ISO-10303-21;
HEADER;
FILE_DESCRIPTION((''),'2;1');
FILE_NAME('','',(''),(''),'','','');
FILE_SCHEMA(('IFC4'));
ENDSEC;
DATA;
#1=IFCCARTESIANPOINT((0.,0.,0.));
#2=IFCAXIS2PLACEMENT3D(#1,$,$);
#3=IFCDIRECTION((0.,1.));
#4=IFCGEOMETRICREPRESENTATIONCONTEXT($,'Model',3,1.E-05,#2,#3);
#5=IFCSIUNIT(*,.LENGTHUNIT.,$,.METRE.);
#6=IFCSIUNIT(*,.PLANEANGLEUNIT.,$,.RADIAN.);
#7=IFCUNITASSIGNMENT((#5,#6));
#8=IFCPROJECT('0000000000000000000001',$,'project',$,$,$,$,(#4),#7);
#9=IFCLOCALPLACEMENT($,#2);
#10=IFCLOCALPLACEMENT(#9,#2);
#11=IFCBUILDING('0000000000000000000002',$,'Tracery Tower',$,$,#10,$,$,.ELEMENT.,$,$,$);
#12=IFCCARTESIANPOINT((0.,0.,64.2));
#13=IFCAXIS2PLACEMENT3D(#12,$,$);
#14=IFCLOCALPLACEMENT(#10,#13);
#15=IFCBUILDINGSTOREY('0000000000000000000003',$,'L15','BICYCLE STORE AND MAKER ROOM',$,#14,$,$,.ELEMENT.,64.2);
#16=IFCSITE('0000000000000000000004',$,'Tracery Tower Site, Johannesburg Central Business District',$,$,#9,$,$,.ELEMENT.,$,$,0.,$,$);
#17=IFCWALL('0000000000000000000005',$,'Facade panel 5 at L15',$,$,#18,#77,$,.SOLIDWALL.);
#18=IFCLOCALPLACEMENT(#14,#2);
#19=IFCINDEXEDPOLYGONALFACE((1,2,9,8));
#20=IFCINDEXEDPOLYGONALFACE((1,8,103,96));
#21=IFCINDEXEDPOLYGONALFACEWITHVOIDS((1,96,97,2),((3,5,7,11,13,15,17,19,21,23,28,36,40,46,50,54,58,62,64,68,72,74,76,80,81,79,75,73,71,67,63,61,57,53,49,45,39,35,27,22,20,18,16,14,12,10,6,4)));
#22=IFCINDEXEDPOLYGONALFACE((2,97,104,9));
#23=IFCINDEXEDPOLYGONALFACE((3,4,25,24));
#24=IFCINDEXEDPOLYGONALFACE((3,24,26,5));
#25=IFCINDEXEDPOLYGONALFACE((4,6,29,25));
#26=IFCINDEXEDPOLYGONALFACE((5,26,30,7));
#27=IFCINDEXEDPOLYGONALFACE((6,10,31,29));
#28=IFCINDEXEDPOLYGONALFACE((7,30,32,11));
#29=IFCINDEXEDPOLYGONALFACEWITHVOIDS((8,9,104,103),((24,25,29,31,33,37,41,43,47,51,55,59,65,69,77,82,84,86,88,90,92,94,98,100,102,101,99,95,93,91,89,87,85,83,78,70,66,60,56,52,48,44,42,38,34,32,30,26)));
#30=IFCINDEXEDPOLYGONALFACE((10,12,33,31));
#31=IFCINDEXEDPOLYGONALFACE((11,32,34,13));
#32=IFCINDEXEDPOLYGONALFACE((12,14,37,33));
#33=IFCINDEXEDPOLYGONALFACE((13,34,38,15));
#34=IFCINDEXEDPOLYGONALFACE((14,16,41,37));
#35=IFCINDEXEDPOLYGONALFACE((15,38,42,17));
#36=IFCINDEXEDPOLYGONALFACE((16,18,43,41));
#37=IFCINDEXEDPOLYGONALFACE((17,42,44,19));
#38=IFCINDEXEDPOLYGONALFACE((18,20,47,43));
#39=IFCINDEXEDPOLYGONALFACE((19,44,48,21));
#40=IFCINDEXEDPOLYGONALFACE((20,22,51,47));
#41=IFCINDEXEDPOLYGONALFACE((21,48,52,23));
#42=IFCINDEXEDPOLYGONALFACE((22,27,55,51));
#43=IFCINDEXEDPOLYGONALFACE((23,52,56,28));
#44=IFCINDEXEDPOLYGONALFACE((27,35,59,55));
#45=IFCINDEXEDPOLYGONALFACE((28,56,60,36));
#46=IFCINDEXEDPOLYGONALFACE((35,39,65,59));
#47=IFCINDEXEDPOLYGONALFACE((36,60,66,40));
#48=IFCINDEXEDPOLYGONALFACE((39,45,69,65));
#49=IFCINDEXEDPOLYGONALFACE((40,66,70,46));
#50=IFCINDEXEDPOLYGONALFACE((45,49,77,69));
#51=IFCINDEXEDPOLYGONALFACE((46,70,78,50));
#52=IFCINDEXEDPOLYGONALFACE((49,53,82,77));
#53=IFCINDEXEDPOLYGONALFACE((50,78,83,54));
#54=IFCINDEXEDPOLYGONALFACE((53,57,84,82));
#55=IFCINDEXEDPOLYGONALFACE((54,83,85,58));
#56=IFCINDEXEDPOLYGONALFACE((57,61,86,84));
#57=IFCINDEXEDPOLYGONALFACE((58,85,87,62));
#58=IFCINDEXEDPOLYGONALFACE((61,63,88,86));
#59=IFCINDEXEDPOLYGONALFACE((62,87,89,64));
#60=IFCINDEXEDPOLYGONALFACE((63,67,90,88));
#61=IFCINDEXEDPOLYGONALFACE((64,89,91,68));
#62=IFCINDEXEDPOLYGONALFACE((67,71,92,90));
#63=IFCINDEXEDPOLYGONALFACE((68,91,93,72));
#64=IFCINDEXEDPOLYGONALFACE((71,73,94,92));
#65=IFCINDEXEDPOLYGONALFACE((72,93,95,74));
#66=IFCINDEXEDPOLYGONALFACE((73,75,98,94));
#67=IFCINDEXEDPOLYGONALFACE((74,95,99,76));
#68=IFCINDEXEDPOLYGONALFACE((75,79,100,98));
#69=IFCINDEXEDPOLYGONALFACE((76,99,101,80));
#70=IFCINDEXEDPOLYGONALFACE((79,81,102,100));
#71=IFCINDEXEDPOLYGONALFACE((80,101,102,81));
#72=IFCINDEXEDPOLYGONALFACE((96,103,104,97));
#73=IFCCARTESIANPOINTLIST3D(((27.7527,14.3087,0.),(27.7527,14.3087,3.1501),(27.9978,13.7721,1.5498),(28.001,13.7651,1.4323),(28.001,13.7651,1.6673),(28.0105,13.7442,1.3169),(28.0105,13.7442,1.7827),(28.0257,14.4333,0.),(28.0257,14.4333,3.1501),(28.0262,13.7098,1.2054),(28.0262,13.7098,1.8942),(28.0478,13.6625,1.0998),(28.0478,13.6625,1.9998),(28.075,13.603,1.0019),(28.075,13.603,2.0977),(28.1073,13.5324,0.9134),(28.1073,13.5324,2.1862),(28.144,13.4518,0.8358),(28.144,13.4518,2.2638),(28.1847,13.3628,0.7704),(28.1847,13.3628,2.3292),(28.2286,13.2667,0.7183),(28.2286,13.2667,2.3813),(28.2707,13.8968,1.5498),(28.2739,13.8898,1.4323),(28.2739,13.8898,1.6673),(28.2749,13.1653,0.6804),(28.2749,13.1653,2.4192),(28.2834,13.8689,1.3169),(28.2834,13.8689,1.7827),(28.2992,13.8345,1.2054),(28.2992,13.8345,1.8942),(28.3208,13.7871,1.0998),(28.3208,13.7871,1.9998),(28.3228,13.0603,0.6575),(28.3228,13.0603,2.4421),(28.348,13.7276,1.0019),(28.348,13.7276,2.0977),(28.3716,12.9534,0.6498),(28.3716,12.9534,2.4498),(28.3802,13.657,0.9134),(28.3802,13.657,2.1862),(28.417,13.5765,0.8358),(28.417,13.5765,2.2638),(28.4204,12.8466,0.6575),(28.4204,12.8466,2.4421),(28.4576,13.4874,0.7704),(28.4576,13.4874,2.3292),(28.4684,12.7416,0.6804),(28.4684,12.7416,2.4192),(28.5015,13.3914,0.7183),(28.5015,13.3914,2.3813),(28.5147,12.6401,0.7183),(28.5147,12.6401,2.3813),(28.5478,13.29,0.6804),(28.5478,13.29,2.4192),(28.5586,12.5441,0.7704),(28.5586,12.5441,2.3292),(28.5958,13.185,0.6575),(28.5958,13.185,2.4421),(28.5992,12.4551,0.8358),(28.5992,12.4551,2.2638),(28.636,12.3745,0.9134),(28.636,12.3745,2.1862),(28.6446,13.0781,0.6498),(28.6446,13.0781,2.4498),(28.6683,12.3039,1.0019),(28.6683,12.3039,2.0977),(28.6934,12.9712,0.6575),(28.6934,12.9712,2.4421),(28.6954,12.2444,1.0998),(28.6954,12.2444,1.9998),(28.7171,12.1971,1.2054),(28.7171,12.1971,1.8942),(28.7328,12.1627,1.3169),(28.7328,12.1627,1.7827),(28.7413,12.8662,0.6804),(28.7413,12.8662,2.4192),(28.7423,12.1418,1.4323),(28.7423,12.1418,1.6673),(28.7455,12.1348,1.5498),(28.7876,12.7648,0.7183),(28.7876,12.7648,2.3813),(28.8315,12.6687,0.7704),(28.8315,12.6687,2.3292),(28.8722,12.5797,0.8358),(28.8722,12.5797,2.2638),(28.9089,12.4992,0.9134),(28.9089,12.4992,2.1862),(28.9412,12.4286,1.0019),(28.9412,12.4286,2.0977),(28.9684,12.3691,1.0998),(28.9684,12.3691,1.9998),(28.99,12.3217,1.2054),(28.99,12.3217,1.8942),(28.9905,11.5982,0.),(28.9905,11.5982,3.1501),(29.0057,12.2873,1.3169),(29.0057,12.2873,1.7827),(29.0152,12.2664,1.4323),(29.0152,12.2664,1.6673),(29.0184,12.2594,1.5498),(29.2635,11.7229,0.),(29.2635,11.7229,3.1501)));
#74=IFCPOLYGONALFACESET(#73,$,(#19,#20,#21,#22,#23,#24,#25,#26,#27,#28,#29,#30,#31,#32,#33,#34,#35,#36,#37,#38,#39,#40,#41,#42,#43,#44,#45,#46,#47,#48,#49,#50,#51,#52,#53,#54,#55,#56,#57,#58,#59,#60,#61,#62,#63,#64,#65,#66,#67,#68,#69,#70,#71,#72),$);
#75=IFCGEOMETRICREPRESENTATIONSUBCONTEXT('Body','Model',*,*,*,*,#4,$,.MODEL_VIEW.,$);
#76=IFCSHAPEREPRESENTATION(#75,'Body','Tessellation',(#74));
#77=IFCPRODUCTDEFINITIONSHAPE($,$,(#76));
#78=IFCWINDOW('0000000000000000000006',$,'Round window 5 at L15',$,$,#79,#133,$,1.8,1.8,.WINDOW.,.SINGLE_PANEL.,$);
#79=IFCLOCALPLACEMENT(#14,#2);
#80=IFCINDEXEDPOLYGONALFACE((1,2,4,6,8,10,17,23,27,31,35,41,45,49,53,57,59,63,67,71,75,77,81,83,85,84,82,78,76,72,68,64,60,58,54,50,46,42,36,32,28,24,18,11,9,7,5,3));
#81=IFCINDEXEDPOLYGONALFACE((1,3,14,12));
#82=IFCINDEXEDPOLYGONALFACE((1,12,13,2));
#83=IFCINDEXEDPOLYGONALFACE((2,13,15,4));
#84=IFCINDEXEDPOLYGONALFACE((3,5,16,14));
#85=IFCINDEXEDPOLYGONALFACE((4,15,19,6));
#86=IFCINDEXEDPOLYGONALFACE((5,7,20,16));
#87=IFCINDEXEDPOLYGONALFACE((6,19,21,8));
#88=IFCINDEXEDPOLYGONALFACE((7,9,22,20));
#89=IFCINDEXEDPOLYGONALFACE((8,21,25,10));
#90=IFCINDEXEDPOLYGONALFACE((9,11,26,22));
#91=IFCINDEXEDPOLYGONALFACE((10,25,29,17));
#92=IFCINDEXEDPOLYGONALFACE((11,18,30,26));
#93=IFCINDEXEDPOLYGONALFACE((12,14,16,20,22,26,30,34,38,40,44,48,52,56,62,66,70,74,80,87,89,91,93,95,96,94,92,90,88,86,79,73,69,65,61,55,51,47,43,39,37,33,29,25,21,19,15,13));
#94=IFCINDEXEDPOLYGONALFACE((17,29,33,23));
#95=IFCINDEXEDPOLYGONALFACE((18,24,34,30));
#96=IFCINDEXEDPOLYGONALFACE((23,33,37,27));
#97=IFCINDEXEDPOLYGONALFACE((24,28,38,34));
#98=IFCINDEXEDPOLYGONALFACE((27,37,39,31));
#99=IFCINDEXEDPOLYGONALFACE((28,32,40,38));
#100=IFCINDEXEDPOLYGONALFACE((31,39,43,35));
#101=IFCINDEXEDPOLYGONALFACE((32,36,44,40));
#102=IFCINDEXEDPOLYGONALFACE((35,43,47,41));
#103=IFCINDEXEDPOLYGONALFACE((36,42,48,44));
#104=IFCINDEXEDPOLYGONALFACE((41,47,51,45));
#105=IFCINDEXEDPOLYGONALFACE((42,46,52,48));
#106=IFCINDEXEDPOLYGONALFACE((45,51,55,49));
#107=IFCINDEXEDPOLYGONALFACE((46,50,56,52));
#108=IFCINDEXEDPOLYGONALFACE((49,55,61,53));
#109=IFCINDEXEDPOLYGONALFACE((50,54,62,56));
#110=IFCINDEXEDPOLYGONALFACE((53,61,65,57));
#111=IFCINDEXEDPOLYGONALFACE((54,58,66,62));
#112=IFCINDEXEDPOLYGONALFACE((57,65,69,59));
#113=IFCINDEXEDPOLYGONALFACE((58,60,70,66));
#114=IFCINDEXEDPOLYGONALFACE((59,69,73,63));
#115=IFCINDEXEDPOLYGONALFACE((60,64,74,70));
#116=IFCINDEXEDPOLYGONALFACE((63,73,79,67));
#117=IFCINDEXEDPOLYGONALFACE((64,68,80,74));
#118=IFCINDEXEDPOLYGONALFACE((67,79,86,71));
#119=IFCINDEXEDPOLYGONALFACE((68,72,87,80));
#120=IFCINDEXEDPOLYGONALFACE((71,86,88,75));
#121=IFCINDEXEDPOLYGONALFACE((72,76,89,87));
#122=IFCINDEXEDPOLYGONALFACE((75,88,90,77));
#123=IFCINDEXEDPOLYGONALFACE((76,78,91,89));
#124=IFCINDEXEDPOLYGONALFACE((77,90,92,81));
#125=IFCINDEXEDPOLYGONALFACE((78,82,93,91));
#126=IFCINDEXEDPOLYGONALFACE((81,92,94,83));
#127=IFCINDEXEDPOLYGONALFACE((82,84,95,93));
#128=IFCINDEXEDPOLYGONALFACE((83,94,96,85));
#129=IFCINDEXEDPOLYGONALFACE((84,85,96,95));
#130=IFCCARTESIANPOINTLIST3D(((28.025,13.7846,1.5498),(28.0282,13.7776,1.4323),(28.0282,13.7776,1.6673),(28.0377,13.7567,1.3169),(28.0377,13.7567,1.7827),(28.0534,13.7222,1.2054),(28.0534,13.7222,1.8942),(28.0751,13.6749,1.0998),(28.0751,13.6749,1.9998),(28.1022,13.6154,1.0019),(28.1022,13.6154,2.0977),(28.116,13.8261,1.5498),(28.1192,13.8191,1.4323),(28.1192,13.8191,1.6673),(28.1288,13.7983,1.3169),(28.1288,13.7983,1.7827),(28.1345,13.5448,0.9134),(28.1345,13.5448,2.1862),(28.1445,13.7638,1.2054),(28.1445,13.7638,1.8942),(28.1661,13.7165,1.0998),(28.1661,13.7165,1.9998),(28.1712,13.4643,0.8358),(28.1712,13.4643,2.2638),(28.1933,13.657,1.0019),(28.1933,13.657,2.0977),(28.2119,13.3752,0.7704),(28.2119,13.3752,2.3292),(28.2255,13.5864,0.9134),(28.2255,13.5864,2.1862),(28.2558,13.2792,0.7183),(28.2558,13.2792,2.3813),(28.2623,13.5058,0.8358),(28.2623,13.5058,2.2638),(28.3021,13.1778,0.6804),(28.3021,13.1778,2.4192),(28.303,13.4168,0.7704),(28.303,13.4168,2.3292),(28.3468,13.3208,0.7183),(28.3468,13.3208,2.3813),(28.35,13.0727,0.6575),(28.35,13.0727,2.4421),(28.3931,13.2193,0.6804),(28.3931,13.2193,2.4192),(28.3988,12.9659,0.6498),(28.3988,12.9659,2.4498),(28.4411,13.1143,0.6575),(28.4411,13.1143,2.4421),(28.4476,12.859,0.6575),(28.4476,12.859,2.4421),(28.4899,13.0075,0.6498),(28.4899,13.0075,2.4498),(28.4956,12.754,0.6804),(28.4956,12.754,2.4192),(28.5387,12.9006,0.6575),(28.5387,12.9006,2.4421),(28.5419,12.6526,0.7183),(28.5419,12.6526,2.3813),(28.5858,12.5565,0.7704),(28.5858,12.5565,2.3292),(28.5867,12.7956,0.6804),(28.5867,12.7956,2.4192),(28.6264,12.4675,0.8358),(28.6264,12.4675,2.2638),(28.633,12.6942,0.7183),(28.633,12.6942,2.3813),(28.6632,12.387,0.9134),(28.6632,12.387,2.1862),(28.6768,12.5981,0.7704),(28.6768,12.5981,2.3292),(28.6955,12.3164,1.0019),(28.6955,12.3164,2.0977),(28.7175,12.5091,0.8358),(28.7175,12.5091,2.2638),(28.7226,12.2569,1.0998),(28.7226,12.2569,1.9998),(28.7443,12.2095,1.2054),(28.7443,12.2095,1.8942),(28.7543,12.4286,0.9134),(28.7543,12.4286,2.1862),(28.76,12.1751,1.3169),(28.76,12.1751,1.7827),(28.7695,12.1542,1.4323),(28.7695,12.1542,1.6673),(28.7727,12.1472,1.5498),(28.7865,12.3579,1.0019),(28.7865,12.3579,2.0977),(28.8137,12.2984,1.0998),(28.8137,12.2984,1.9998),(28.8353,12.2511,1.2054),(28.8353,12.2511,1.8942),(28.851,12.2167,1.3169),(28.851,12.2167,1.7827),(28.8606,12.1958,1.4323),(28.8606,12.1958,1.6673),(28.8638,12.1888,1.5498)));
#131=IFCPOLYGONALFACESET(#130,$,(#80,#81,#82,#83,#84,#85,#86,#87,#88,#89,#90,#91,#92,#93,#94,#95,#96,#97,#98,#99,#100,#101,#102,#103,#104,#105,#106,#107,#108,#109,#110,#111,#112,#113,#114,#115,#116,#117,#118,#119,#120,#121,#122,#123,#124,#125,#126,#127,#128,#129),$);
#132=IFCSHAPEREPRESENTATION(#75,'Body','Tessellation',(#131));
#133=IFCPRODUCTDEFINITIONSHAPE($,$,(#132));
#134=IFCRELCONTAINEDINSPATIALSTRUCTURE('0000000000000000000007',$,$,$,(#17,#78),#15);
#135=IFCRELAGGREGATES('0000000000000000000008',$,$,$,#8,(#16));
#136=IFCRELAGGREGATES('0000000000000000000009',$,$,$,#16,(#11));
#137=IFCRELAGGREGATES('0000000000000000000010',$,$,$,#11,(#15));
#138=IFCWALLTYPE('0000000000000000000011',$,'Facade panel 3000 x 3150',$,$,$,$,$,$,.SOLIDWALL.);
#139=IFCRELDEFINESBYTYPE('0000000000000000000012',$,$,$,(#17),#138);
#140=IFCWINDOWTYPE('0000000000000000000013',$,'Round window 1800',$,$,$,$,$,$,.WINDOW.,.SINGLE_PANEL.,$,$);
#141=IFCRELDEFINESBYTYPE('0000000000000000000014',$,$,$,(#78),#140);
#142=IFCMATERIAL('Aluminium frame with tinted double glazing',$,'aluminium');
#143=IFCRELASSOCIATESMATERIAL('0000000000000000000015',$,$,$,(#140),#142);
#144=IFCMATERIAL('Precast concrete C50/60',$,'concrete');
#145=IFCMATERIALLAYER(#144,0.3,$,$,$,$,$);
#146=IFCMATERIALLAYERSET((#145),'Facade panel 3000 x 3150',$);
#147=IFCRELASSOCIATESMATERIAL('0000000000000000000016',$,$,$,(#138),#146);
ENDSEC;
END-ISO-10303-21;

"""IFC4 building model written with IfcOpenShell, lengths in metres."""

from ifc_helpers import new_model, si_unit, direction, frame, frame_2d, origin, origin_2d, place, context, subcontext, project, spatial, rectangle, circle, extrude, material, layer, layer_set, type_object, element, fill, save


model = new_model("IFC4")

# Units and contexts
model_context = context("Model", 3, precision=1e-05, world=origin(), true_north=direction((0.0, 1.0)))
body_context = subcontext(model_context, "Body", "Model", "MODEL_VIEW")
ifc_project = project(units=[si_unit("LENGTHUNIT", "METRE"), si_unit("PLANEANGLEUNIT", "RADIAN")], contexts=[model_context])

# Site, building, storey
site_placement = place(None, origin())
site = spatial("IfcSite", under=ifc_project, at=site_placement, Name="Tracery Tower Site, Johannesburg Central Business District", CompositionType="ELEMENT", RefElevation=0.0)
building_placement = place(site_placement, origin())
building = spatial("IfcBuilding", under=site, at=building_placement, Name="Tracery Tower", CompositionType="ELEMENT")
storey_placement = place(building_placement, frame((0.0, 0.0, 64.2)))
storey = spatial("IfcBuildingStorey", under=building, at=storey_placement, Name="L15", Description="BICYCLE STORE AND MAKER ROOM", CompositionType="ELEMENT", Elevation=64.2)

# Wall, opening, window
ifc_material_1 = material(Name="Aluminium frame with tinted double glazing", Category="aluminium")
window_type = type_object("IfcWindowType", Name="Round window 1800", PartitioningType="SINGLE_PANEL", PredefinedType="WINDOW", material=ifc_material_1)
ifc_material_2 = material(Name="Precast concrete C50/60", Category="concrete")
ifc_layer_1 = layer(ifc_material_2, 0.3)
ifc_layer_set_1 = layer_set([ifc_layer_1], Name="Facade panel 3000 x 3150")
wall_type_1 = type_object("IfcWallType", Name="Facade panel 3000 x 3150", PredefinedType="SOLIDWALL", material=ifc_layer_set_1)
wall_1_placement = place(storey_placement, frame((29.127, 11.6606, 0.0), z_axis=(0.0, 0.0, 1.0), x_axis=(-0.415407, 0.909636, 0.0)))
wall_1 = element("IfcWall", 1, at=wall_1_placement, inside=storey, type_object=wall_type_1, Name="Facade panel 5 at L15", PredefinedType="SOLIDWALL", context=body_context, shape_type="SweptSolid", body=[
    extrude(rectangle(XDim=2.9797, YDim=0.3, at=frame_2d((1.4897, 0.0))), origin(), (0.0, 0.0, 1.0), 3.1501),
])
opening_1_placement = place(wall_1_placement, frame((1.4897, 0.0, 1.5498)))
opening_1 = element("IfcOpeningElement", 2, at=opening_1_placement, cuts=wall_1, PredefinedType="OPENING", context=body_context, shape_type="SweptSolid", body=[
    extrude(circle(Radius=0.9, at=origin_2d()), frame((0.0, 0.1599, 0.0), z_axis=(0.0, -1.0, 0.0), x_axis=(1.0, 0.0, 0.0)), (0.0, 0.0, 1.0), 0.3201),
])
window_1_placement = place(opening_1_placement, origin())
window_1 = element("IfcWindow", 3, at=window_1_placement, inside=storey, type_object=window_type, Name="Round window 5 at L15", OverallHeight=1.8, OverallWidth=1.8, PartitioningType="SINGLE_PANEL", PredefinedType="WINDOW", context=body_context, shape_type="SweptSolid", body=[
    extrude(circle(Radius=0.9, at=origin_2d()), frame((0.0, 0.1201, 0.0), z_axis=(0.0, -1.0, 0.0), x_axis=(1.0, 0.0, 0.0)), (0.0, 0.0, 1.0), 0.1001),
])
fill(opening_1, window_1)

save(model, "model.ifc")
